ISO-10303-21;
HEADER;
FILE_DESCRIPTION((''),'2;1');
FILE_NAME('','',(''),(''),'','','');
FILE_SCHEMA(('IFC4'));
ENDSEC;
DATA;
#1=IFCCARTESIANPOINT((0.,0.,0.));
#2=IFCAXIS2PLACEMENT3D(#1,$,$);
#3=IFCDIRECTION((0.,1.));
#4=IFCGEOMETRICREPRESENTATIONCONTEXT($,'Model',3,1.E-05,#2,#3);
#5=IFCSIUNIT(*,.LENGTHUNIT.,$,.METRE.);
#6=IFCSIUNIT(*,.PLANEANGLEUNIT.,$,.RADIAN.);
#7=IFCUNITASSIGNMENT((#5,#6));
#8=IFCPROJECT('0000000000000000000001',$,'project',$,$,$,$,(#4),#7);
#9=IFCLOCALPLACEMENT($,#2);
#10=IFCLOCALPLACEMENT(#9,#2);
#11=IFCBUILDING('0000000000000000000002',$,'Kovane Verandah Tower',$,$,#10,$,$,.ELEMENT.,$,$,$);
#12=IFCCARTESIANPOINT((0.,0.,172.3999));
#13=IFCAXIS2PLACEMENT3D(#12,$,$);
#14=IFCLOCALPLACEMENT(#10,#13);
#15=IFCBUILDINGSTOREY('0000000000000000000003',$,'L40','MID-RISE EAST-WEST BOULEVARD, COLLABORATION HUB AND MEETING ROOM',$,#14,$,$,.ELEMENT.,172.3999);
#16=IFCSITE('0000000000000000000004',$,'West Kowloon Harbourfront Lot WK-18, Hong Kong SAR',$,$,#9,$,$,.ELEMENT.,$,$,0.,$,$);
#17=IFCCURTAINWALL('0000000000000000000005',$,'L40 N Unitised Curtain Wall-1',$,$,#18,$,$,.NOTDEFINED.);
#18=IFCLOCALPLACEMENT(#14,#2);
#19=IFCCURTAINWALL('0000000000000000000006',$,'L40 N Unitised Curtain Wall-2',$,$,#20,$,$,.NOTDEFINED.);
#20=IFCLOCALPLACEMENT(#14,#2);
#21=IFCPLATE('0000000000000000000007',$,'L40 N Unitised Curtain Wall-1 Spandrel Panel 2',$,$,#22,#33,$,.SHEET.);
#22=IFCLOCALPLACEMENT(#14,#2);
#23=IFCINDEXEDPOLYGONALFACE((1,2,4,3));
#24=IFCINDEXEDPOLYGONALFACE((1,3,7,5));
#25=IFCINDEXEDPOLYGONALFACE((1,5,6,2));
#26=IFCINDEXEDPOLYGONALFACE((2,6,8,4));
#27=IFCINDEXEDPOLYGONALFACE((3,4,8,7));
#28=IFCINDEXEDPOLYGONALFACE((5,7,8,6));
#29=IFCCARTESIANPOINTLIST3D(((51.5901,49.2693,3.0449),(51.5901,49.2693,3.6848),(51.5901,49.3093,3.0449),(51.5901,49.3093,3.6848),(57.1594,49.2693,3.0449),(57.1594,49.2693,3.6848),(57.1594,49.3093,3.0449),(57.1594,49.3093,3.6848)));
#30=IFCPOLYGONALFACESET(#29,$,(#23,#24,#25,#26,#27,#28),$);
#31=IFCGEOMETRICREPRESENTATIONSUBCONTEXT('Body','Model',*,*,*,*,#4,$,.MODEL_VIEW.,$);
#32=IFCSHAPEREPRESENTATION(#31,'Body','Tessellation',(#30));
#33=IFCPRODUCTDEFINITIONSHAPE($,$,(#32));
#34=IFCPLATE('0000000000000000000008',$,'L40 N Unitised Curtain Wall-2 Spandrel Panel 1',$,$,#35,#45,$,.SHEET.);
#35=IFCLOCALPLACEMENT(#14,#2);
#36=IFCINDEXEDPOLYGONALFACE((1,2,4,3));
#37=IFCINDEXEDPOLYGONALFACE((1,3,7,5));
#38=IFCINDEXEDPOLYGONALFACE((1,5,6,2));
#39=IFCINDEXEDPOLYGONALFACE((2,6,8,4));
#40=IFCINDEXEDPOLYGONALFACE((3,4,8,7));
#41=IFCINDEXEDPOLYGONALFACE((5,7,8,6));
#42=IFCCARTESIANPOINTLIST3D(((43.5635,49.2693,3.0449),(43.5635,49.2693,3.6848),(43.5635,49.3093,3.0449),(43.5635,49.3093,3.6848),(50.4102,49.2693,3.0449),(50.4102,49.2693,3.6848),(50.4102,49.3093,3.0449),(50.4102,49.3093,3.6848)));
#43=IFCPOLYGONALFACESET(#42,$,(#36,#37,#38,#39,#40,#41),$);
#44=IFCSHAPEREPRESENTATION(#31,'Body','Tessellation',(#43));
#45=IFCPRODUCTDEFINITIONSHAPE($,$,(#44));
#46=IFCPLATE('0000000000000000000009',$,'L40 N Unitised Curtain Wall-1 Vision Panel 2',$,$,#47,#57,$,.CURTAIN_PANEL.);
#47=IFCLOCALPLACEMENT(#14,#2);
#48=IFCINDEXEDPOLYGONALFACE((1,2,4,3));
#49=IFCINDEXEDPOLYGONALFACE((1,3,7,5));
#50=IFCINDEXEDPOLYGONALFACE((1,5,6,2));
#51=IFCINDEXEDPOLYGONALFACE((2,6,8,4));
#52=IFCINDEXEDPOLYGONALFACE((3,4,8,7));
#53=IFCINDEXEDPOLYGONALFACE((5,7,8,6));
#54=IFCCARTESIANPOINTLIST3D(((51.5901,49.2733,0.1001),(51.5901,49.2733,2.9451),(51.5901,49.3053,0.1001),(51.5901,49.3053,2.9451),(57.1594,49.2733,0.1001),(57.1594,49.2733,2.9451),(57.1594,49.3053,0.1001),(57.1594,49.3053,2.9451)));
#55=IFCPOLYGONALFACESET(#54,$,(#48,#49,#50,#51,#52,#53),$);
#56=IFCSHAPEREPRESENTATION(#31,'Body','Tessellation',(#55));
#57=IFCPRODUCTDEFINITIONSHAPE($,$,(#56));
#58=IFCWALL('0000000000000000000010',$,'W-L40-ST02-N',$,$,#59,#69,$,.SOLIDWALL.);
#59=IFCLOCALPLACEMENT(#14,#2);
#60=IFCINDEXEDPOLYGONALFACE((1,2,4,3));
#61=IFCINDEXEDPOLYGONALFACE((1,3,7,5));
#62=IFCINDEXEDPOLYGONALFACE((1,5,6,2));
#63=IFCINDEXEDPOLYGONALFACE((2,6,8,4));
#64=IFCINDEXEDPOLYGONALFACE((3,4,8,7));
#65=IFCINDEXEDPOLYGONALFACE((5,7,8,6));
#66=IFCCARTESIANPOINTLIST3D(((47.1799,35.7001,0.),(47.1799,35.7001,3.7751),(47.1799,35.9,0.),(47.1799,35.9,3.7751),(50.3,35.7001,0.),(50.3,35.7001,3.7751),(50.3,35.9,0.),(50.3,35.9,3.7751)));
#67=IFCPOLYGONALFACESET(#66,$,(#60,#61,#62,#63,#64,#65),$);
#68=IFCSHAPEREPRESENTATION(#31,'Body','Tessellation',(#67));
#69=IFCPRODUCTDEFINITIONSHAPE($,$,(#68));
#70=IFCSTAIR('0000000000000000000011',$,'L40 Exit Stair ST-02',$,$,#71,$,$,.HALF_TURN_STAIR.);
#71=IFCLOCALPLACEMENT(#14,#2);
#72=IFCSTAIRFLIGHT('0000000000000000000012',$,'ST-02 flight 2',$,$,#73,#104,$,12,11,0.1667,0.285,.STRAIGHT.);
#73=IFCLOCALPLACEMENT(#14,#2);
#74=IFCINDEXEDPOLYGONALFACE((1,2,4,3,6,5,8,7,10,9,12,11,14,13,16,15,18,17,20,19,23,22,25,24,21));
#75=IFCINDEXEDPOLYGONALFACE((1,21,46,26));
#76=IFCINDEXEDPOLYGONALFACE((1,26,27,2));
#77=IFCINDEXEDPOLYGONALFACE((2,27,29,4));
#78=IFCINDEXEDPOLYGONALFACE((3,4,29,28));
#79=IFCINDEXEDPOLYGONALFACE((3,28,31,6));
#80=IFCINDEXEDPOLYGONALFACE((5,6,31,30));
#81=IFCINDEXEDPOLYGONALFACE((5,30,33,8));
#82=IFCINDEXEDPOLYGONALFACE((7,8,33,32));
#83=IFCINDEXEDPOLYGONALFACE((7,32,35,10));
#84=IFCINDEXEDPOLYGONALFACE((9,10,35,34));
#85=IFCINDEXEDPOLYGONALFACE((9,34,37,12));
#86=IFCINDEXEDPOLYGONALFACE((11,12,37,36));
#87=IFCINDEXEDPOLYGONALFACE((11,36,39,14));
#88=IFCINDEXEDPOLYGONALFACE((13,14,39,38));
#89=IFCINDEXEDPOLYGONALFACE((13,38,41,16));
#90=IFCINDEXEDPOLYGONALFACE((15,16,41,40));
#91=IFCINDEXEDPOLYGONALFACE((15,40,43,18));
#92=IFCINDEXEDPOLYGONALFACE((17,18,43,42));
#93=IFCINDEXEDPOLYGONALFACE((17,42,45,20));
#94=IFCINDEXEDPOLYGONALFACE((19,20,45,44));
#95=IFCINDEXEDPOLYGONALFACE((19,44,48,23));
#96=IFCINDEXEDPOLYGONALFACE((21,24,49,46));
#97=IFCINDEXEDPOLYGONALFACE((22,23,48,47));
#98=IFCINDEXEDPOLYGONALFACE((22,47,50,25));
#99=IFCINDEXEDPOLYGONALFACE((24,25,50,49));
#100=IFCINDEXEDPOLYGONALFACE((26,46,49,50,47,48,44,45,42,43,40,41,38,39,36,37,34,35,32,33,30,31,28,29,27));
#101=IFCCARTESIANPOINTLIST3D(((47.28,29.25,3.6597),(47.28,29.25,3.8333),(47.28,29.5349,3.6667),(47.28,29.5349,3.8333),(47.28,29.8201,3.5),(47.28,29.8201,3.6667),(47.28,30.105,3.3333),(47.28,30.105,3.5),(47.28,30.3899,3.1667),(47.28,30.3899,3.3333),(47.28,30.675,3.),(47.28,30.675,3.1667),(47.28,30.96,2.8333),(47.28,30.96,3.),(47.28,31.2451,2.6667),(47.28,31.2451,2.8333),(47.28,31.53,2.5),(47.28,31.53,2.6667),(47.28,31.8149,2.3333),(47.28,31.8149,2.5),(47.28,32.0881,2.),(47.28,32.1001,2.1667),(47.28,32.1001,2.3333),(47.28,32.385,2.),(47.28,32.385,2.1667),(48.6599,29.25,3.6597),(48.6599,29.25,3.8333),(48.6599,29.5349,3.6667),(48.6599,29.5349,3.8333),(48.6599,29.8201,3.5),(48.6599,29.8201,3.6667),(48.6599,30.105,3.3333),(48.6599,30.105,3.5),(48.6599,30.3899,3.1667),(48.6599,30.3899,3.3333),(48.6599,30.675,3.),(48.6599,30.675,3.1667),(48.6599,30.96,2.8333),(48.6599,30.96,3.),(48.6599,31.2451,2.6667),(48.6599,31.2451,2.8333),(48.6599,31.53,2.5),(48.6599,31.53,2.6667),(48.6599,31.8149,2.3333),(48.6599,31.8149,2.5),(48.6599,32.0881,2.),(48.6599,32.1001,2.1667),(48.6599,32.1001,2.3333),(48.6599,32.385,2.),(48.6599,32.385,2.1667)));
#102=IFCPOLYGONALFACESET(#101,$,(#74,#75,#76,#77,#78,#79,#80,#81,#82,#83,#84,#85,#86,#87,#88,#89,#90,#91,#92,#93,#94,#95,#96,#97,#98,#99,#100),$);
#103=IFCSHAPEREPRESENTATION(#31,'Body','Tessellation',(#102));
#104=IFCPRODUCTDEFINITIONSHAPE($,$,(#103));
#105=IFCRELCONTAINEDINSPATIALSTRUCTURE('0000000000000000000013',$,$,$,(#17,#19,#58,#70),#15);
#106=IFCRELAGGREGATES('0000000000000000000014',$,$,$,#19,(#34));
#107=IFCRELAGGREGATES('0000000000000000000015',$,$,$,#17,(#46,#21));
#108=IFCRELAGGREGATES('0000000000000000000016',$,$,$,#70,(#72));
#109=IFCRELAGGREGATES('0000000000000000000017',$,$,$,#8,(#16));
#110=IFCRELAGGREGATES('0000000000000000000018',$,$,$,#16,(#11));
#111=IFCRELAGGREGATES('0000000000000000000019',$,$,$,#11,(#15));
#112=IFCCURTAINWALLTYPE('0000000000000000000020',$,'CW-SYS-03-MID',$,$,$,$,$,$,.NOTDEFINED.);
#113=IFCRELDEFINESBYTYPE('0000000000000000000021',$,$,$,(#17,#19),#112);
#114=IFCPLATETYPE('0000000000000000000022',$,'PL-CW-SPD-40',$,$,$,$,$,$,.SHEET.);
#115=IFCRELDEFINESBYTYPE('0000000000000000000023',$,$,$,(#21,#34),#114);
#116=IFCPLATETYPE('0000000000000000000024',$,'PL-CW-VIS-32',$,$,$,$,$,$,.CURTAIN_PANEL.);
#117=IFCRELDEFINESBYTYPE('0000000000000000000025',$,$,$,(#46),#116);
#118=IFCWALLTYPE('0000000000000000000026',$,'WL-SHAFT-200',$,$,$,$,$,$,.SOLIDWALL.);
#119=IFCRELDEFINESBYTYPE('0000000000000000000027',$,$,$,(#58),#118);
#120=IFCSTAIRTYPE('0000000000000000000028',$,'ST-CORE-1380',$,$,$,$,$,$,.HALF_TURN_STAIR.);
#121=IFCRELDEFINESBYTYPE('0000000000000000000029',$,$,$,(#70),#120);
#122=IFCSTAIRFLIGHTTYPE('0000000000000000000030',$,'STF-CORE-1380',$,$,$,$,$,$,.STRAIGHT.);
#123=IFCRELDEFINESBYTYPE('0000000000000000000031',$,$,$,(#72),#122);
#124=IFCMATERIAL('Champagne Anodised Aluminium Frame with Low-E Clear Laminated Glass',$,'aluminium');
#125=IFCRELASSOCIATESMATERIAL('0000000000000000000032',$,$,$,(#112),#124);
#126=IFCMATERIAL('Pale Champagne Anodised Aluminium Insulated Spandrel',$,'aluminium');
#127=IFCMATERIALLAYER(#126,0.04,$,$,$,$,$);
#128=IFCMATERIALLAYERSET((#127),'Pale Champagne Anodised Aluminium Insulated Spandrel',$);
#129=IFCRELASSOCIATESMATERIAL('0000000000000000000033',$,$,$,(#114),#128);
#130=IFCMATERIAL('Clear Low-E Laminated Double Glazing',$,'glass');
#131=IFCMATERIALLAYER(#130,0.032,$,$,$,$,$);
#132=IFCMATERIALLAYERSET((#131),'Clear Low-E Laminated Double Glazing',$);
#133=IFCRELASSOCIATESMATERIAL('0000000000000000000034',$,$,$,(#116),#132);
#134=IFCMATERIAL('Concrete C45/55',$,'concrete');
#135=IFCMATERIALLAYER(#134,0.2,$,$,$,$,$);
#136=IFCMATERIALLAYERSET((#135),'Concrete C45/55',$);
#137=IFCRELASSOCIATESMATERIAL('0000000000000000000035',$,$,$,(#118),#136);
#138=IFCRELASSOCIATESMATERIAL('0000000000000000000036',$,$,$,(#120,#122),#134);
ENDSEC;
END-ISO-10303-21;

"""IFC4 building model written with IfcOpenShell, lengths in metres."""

from ifc_helpers import new_model, si_unit, direction, frame, frame_2d, origin, origin_2d, place, context, subcontext, project, spatial, polyline, rectangle, outline, extrude, material, layer, layer_set, type_object, element, aggregate, save


model = new_model("IFC4")

# Units and contexts
model_context = context("Model", 3, precision=1e-05, world=origin(), true_north=direction((0.0, 1.0)))
body_context = subcontext(model_context, "Body", "Model", "MODEL_VIEW")
ifc_project = project(units=[si_unit("LENGTHUNIT", "METRE"), si_unit("PLANEANGLEUNIT", "RADIAN")], contexts=[model_context])

# Site, building, storey
site_placement = place(None, origin())
site = spatial("IfcSite", under=ifc_project, at=site_placement, Name="West Kowloon Harbourfront Lot WK-18, Hong Kong SAR", CompositionType="ELEMENT", RefElevation=0.0)
building_placement = place(site_placement, origin())
building = spatial("IfcBuilding", under=site, at=building_placement, Name="Kovane Verandah Tower", CompositionType="ELEMENT")
storey_placement = place(building_placement, frame((0.0, 0.0, 172.3999)))
storey = spatial("IfcBuildingStorey", under=building, at=storey_placement, Name="L40", Description="MID-RISE EAST-WEST BOULEVARD, COLLABORATION HUB AND MEETING ROOM", CompositionType="ELEMENT", Elevation=172.3999)

# Curtain wall
ifc_material_1 = material(Name="Champagne Anodised Aluminium Frame with Low-E Clear Laminated Glass", Category="aluminium")
curtain_wall_type = type_object("IfcCurtainWallType", Name="CW-SYS-03-MID", PredefinedType="NOTDEFINED", material=ifc_material_1)
curtain_wall_1_placement = place(storey_placement, origin())
curtain_wall_1 = element("IfcCurtainWall", 1, at=curtain_wall_1_placement, inside=storey, type_object=curtain_wall_type, Name="L40 N Unitised Curtain Wall-1", PredefinedType="NOTDEFINED")

# Curtain wall
curtain_wall_2_placement = place(storey_placement, origin())
curtain_wall_2 = element("IfcCurtainWall", 2, at=curtain_wall_2_placement, inside=storey, type_object=curtain_wall_type, Name="L40 N Unitised Curtain Wall-2", PredefinedType="NOTDEFINED")

# Plates
ifc_material_2 = material(Name="Pale Champagne Anodised Aluminium Insulated Spandrel", Category="aluminium")
ifc_layer_1 = layer(ifc_material_2, 0.04)
ifc_layer_set_1 = layer_set([ifc_layer_1], Name="Pale Champagne Anodised Aluminium Insulated Spandrel")
plate_type_1 = type_object("IfcPlateType", Name="PL-CW-SPD-40", PredefinedType="SHEET", material=ifc_layer_set_1)
plate_1_placement = place(storey_placement, frame((54.3748, 49.2893, 3.0449), z_axis=(0.0, 0.0, 1.0), x_axis=(-1.0, 0.0, 0.0)))
plate_1 = element("IfcPlate", 3, at=plate_1_placement, type_object=plate_type_1, Name="L40 N Unitised Curtain Wall-1 Spandrel Panel 2", PredefinedType="SHEET", context=body_context, shape_type="SweptSolid", body=[
    extrude(rectangle(XDim=5.5693, YDim=0.04, at=origin_2d()), origin(), (0.0, 0.0, 1.0), 0.6399),
])
plate_2_placement = place(storey_placement, frame((46.9868, 49.2893, 3.0449), z_axis=(0.0, 0.0, 1.0), x_axis=(-1.0, 0.0, 0.0)))
plate_2 = element("IfcPlate", 4, at=plate_2_placement, type_object=plate_type_1, Name="L40 N Unitised Curtain Wall-2 Spandrel Panel 1", PredefinedType="SHEET", context=body_context, shape_type="SweptSolid", body=[
    extrude(rectangle(XDim=6.8467, YDim=0.04, at=origin_2d()), origin(), (0.0, 0.0, 1.0), 0.6399),
])
aggregate(curtain_wall_2, [plate_2])
ifc_material_3 = material(Name="Clear Low-E Laminated Double Glazing", Category="glass")
ifc_layer_2 = layer(ifc_material_3, 0.032)
ifc_layer_set_2 = layer_set([ifc_layer_2], Name="Clear Low-E Laminated Double Glazing")
plate_type_2 = type_object("IfcPlateType", Name="PL-CW-VIS-32", PredefinedType="CURTAIN_PANEL", material=ifc_layer_set_2)
plate_3_placement = place(storey_placement, frame((54.3748, 49.2893, 0.1001), z_axis=(0.0, 0.0, 1.0), x_axis=(-1.0, 0.0, 0.0)))
plate_3 = element("IfcPlate", 5, at=plate_3_placement, type_object=plate_type_2, Name="L40 N Unitised Curtain Wall-1 Vision Panel 2", PredefinedType="CURTAIN_PANEL", context=body_context, shape_type="SweptSolid", body=[
    extrude(rectangle(XDim=5.5693, YDim=0.032, at=origin_2d()), origin(), (0.0, 0.0, 1.0), 2.845),
])
aggregate(curtain_wall_1, [plate_3, plate_1])

# Wall
ifc_material_4 = material(Name="Concrete C45/55", Category="concrete")
ifc_layer_3 = layer(ifc_material_4, 0.2)
ifc_layer_set_3 = layer_set([ifc_layer_3], Name="Concrete C45/55")
wall_type = type_object("IfcWallType", Name="WL-SHAFT-200", PredefinedType="SOLIDWALL", material=ifc_layer_set_3)
wall_placement = place(storey_placement, frame((47.1799, 35.8, 0.0), z_axis=(0.0, 0.0, 1.0), x_axis=(1.0, 0.0, 0.0)))
element("IfcWall", 6, at=wall_placement, inside=storey, type_object=wall_type, Name="W-L40-ST02-N", PredefinedType="SOLIDWALL", context=body_context, shape_type="SweptSolid", body=[
    extrude(rectangle(XDim=3.1201, YDim=0.2, at=frame_2d((1.5601, 0.0))), origin(), (0.0, 0.0, 1.0), 3.7751),
])

# Stair, stair flight
stair_type = type_object("IfcStairType", Name="ST-CORE-1380", PredefinedType="HALF_TURN_STAIR", material=ifc_material_4)
stair_placement = place(storey_placement, origin())
stair = element("IfcStair", 7, at=stair_placement, inside=storey, type_object=stair_type, Name="L40 Exit Stair ST-02", PredefinedType="HALF_TURN_STAIR")
stair_flight_type = type_object("IfcStairFlightType", Name="STF-CORE-1380", PredefinedType="STRAIGHT", material=ifc_material_4)
stair_flight_placement = place(storey_placement, frame((47.97, 32.385, 2.0), z_axis=(0.0, 0.0, 1.0), x_axis=(0.0, -1.0, 0.0)))
stair_flight = element("IfcStairFlight", 8, at=stair_flight_placement, type_object=stair_flight_type, Name="ST-02 flight 2", NumberOfRisers=12, NumberOfTreads=11, PredefinedType="STRAIGHT", RiserHeight=0.1667, TreadLength=0.285, context=body_context, shape_type="SweptSolid", body=[
    extrude(outline(polyline([(0.0, 0.0), (0.0, 0.1667), (0.2849, 0.1667), (0.2849, 0.3333), (0.5701, 0.3333), (0.5701, 0.5), (0.855, 0.5), (0.855, 0.6667), (1.1399, 0.6667), (1.1399, 0.8333), (1.425, 0.8333), (1.425, 1.0), (1.71, 1.0), (1.71, 1.1667), (1.9951, 1.1667), (1.9951, 1.3333), (2.28, 1.3333), (2.28, 1.5), (2.5649, 1.5), (2.5649, 1.6667), (2.8501, 1.6667), (2.8501, 1.8333), (3.135, 1.8333), (3.135, 2.0), (3.135, 1.6597), (0.2969, 0.0), (0.0, 0.0)])), frame((0.0, 0.6899, 0.0), z_axis=(0.0, -1.0, 0.0), x_axis=(1.0, 0.0, 0.0)), (0.0, 0.0, 1.0), 1.3799),
])
aggregate(stair, [stair_flight])

save(model, "model.ifc")
